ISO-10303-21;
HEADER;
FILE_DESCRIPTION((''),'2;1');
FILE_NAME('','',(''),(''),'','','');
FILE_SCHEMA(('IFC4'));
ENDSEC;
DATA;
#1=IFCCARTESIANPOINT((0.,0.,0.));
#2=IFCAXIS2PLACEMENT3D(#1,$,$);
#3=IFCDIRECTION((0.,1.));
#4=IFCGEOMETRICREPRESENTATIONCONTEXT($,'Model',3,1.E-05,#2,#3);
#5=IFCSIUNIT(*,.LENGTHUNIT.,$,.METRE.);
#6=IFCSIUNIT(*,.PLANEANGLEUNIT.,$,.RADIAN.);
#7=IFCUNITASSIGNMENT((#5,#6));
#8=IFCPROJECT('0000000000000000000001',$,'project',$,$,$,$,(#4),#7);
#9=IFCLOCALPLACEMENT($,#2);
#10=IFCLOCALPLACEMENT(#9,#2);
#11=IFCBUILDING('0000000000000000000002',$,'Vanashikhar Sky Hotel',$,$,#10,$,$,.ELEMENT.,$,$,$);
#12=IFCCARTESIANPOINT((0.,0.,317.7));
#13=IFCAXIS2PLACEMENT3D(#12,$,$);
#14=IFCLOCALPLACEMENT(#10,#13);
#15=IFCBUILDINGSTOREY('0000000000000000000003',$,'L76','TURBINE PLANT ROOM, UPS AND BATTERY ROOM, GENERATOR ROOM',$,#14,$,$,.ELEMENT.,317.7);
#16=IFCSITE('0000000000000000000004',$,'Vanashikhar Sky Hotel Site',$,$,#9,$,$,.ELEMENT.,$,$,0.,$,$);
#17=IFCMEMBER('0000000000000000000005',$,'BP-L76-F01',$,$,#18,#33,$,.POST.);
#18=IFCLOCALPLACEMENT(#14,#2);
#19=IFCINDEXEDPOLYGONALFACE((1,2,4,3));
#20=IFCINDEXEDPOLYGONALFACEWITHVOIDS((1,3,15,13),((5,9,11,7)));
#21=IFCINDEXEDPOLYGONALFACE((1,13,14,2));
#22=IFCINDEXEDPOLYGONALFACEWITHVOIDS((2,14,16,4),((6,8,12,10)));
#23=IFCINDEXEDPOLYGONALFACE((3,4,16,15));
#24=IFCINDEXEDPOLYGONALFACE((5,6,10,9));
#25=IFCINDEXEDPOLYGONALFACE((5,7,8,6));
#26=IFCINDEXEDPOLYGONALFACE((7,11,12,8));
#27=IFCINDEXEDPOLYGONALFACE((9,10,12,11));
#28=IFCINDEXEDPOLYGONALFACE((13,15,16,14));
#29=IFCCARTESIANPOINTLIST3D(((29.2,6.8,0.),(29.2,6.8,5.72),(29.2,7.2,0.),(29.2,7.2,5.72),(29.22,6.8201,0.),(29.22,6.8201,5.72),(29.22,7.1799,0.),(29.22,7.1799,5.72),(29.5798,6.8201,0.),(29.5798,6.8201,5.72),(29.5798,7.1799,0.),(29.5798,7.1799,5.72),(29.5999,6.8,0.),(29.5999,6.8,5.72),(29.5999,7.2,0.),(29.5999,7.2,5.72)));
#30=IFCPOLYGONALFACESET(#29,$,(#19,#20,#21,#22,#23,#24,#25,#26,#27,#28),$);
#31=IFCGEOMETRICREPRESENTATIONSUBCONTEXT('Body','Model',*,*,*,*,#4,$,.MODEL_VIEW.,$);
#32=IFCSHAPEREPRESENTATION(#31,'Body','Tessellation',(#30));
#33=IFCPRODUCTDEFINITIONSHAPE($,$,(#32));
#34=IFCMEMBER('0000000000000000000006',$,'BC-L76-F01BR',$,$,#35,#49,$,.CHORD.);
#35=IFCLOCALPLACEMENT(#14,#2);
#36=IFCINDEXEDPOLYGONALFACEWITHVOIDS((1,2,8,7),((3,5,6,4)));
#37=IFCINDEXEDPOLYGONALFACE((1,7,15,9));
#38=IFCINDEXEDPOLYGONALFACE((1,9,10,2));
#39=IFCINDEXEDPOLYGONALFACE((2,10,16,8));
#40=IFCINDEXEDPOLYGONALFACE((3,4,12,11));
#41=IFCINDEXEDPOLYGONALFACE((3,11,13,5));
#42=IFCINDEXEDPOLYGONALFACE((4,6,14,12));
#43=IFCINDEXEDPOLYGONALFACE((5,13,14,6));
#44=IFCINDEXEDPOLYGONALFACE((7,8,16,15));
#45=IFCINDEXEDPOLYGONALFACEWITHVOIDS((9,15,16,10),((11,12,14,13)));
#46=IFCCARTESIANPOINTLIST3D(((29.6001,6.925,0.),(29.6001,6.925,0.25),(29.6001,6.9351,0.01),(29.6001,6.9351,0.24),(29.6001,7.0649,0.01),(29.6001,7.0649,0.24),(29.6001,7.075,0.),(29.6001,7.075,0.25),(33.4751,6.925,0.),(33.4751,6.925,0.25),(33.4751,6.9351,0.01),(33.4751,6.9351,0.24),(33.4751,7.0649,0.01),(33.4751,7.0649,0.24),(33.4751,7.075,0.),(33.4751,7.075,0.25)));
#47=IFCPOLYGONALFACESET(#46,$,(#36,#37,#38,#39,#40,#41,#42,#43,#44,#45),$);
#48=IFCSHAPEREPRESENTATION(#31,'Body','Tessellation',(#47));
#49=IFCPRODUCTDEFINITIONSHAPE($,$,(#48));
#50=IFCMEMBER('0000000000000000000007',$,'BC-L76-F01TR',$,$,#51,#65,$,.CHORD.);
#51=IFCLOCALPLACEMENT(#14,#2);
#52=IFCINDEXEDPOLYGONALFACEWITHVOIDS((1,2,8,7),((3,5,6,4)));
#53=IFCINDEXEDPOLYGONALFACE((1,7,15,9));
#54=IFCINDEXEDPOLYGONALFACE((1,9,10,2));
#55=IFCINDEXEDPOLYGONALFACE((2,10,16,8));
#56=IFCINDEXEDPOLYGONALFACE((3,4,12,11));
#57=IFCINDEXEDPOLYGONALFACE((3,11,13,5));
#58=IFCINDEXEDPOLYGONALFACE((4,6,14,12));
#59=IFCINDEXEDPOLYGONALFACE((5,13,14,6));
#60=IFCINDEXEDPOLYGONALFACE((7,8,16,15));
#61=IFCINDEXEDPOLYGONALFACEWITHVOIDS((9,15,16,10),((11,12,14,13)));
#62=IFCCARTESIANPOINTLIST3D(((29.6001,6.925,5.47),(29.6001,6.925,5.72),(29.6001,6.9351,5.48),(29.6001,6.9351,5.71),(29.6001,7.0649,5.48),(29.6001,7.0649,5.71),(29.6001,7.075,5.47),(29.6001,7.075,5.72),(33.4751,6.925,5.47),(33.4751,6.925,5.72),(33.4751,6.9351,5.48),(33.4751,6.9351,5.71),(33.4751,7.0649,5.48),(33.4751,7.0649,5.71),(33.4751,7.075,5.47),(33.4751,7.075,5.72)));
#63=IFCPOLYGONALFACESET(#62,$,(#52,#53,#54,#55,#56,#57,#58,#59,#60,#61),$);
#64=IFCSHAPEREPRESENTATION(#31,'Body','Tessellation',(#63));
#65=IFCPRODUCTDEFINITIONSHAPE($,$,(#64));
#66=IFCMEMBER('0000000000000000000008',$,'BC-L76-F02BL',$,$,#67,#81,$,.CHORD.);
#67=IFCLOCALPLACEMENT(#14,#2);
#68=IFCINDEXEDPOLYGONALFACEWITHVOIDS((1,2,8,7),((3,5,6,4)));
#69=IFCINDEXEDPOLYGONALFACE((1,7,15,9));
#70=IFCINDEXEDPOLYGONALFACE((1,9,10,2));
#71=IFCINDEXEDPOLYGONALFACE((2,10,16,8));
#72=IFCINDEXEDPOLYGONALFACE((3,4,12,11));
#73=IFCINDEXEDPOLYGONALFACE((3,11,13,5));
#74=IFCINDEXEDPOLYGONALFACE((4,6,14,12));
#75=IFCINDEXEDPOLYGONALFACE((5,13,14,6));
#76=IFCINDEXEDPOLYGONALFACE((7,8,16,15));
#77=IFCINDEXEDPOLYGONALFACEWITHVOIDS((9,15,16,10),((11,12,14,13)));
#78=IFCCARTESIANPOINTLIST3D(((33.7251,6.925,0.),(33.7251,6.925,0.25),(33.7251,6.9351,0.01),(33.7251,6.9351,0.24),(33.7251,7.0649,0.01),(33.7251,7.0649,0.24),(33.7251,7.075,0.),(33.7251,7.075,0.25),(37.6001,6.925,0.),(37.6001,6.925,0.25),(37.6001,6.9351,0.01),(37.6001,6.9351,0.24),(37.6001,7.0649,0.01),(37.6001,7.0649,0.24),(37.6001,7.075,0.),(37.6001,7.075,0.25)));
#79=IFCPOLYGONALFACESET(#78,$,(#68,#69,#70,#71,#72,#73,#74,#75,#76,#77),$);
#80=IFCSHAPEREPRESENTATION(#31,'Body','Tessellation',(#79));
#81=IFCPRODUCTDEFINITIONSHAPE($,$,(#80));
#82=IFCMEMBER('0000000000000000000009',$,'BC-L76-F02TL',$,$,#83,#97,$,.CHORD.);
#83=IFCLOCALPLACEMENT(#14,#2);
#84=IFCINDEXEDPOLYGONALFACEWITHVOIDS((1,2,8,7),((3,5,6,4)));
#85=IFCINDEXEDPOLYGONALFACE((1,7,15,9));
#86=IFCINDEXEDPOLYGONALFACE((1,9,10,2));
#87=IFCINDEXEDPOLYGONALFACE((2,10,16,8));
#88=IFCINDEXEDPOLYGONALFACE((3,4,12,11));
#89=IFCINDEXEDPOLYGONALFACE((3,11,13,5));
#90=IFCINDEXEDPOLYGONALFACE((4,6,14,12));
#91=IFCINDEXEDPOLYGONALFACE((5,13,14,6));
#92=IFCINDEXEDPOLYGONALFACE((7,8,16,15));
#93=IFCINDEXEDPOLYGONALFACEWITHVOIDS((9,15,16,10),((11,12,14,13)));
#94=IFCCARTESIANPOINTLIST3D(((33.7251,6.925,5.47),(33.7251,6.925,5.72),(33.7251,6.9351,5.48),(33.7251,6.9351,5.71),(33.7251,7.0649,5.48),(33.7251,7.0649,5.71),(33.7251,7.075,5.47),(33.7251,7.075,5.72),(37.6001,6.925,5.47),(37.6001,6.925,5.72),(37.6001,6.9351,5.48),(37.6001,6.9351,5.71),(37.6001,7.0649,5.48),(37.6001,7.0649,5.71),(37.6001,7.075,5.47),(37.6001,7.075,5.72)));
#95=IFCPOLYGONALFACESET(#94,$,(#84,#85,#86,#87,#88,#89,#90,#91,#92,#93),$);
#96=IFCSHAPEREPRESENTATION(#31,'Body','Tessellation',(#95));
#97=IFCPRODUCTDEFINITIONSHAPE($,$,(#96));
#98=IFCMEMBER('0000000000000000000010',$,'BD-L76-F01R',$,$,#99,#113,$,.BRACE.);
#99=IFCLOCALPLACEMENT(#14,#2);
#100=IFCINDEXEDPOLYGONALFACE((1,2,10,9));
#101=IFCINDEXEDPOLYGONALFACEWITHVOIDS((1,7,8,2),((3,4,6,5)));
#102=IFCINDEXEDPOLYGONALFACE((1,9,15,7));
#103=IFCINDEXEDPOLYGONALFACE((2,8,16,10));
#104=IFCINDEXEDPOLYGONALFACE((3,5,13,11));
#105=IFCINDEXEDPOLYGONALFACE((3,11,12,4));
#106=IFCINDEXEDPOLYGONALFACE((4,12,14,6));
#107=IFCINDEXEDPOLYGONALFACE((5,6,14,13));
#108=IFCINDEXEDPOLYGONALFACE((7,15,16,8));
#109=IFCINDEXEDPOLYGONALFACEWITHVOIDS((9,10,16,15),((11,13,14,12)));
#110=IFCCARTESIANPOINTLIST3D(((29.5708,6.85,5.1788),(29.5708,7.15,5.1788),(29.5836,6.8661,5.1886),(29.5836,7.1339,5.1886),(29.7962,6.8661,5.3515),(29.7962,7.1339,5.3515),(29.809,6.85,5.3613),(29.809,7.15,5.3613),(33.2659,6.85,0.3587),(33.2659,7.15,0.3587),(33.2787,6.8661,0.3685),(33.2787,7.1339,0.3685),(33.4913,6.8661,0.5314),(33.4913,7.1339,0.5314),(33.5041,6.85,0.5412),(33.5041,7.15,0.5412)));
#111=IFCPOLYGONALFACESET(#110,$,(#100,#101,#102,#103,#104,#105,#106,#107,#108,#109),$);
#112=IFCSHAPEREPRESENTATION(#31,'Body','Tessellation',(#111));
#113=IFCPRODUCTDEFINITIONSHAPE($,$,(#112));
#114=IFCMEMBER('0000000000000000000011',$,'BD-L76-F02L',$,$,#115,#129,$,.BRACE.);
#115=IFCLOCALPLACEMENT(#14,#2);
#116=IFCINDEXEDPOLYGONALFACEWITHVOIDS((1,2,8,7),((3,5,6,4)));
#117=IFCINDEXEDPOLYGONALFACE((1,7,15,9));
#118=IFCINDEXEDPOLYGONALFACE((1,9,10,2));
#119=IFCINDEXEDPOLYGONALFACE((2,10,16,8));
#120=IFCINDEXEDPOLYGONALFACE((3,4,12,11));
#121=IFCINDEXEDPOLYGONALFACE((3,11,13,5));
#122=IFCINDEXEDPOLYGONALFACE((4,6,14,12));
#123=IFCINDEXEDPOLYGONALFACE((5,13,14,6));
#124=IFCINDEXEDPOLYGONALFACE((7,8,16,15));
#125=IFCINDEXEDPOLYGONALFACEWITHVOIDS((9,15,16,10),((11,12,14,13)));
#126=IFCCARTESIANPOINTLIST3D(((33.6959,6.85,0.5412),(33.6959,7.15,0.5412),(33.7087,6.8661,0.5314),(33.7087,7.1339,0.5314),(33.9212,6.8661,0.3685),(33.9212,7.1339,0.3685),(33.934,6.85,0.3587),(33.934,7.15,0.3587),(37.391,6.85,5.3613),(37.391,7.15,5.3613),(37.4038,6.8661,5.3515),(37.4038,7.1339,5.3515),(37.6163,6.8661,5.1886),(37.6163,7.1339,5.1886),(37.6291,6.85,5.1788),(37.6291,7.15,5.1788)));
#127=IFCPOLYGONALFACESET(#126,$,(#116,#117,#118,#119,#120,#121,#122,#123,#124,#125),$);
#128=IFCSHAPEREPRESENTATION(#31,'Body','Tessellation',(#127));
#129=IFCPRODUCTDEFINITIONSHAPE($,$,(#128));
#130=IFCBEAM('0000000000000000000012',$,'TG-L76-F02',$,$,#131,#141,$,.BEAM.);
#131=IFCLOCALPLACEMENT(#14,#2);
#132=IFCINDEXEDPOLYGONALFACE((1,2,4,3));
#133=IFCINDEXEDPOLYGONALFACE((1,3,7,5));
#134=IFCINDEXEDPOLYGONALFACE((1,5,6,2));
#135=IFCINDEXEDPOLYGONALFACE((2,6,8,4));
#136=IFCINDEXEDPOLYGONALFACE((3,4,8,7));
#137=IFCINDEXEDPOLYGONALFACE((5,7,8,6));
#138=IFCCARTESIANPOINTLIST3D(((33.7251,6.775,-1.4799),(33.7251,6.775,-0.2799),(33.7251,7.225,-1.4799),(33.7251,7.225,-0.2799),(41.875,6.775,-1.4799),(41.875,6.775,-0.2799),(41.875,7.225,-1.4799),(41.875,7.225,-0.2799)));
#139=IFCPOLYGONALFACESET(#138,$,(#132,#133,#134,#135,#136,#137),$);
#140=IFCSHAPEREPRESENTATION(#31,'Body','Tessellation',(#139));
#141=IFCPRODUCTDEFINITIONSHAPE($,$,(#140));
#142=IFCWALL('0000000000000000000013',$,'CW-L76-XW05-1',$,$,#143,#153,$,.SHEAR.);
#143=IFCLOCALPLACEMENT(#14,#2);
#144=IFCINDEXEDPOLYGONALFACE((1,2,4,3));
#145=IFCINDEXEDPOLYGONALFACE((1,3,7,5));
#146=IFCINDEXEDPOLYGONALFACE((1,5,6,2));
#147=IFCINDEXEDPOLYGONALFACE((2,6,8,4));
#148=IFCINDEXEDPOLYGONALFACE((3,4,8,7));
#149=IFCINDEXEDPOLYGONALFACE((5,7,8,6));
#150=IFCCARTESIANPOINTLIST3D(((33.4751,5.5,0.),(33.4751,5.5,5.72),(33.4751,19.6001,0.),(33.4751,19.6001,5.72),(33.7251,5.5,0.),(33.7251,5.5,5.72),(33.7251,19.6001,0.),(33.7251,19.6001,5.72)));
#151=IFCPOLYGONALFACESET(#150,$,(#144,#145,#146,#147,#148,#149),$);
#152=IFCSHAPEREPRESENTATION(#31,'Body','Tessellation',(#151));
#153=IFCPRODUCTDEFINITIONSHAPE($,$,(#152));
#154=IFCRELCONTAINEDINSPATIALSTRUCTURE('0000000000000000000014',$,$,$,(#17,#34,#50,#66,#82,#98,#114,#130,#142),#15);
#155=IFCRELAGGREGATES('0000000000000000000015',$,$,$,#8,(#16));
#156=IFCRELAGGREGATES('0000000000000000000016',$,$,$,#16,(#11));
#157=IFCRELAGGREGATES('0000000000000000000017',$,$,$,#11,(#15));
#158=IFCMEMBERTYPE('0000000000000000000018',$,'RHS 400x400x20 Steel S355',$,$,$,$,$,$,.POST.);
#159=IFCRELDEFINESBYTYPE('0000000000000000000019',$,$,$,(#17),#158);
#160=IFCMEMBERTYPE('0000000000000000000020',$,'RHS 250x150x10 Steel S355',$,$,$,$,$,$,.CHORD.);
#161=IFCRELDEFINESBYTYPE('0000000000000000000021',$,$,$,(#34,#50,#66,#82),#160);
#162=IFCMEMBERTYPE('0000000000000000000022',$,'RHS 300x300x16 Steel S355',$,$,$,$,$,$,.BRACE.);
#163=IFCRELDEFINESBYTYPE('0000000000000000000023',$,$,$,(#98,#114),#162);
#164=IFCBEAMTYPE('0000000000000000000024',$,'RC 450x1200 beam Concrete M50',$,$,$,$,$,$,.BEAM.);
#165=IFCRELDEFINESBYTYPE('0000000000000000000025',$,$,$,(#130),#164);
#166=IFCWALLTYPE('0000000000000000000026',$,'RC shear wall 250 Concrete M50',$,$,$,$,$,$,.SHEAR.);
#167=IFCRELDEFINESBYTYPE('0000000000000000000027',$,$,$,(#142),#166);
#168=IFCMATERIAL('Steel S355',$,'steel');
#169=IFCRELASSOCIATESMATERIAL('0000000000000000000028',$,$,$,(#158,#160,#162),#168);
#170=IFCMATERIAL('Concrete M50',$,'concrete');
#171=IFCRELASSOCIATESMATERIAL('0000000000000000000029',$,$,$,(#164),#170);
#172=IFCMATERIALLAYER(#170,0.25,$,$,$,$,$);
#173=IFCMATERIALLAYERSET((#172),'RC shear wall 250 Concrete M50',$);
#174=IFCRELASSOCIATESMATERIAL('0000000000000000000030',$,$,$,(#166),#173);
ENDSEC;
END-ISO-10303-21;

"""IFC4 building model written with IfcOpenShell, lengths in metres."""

from ifc_helpers import new_model, si_unit, direction, frame, frame_2d, origin, origin_2d, place, context, subcontext, project, spatial, rectangle, hollow_rectangle, extrude, source, transform, mapped, material, layer, layer_set, material_profile, profile_set, type_object, element, save


model = new_model("IFC4")

# Units and contexts
model_context = context("Model", 3, precision=1e-05, world=origin(), true_north=direction((0.0, 1.0)))
body_context = subcontext(model_context, "Body", "Model", "MODEL_VIEW")
ifc_project = project(units=[si_unit("LENGTHUNIT", "METRE"), si_unit("PLANEANGLEUNIT", "RADIAN")], contexts=[model_context])

# Site, building, storey
site_placement = place(None, origin())
site = spatial("IfcSite", under=ifc_project, at=site_placement, Name="Vanashikhar Sky Hotel Site", CompositionType="ELEMENT", RefElevation=0.0)
building_placement = place(site_placement, origin())
building = spatial("IfcBuilding", under=site, at=building_placement, Name="Vanashikhar Sky Hotel", CompositionType="ELEMENT")
storey_placement = place(building_placement, frame((0.0, 0.0, 317.7)))
storey = spatial("IfcBuildingStorey", under=building, at=storey_placement, Name="L76", Description="TURBINE PLANT ROOM, UPS AND BATTERY ROOM, GENERATOR ROOM", CompositionType="ELEMENT", Elevation=317.7)

# Members
ifc_material_1 = material(Name="Steel S355", Category="steel")
ifc_material_profile_1 = material_profile(ifc_material_1, hollow_rectangle(XDim=0.3999, YDim=0.3999, WallThickness=0.02, at=origin_2d()))
ifc_profile_set_1 = profile_set([ifc_material_profile_1], Name="RHS 400x400x20 Steel S355")
member_type_1 = type_object("IfcMemberType", Name="RHS 400x400x20 Steel S355", PredefinedType="POST", material=ifc_profile_set_1)
shared_shape_1 = source(origin(), body_context, "Body", "SweptSolid", [
    extrude(hollow_rectangle(XDim=0.3999, YDim=0.3999, WallThickness=0.02, at=origin_2d()), origin(), (0.0, 0.0, 1.0), 5.72),
])
member_placement = place(storey_placement, frame((29.3999, 7.0, 0.0), z_axis=(0.0, 0.0, 1.0), x_axis=(1.0, 0.0, 0.0)))
element("IfcMember", 1, at=member_placement, inside=storey, type_object=member_type_1, Name="BP-L76-F01", PredefinedType="POST", context=body_context, shape_type="MappedRepresentation", body=[
    mapped(shared_shape_1, transform((0.0, 0.0, 0.0), scale=1.0)),
])
ifc_material_profile_2 = material_profile(ifc_material_1, hollow_rectangle(XDim=0.1499, YDim=0.25, WallThickness=0.01, at=origin_2d()))
ifc_profile_set_2 = profile_set([ifc_material_profile_2], Name="RHS 250x150x10 Steel S355")
member_type_2 = type_object("IfcMemberType", Name="RHS 250x150x10 Steel S355", PredefinedType="CHORD", material=ifc_profile_set_2)
shared_shape_2 = source(origin(), body_context, "Body", "SweptSolid", [
    extrude(hollow_rectangle(XDim=0.1499, YDim=0.25, WallThickness=0.01, at=origin_2d()), origin(), (0.0, 0.0, 1.0), 3.875),
])
for number, where, z_axis, x_axis, name in (
    (2, (29.6001, 7.0, 0.125), (1.0, 0.0, 0.0), (0.0, 1.0, 0.0), "BC-L76-F01BR"),
    (3, (29.6001, 7.0, 5.595), (1.0, 0.0, 0.0), (0.0, 1.0, 0.0), "BC-L76-F01TR"),
    (4, (33.7251, 7.0, 0.125), (1.0, 0.0, 0.0), (0.0, 1.0, 0.0), "BC-L76-F02BL"),
    (5, (33.7251, 7.0, 5.595), (1.0, 0.0, 0.0), (0.0, 1.0, 0.0), "BC-L76-F02TL"),
):
    element("IfcMember", number, at=place(storey_placement, frame(where, z_axis=z_axis, x_axis=x_axis)), inside=storey, type_object=member_type_2, Name=name, PredefinedType="CHORD", context=body_context, shape_type="MappedRepresentation", body=[
        mapped(shared_shape_2, transform((0.0, 0.0, 0.0), scale=1.0)),
    ])
ifc_material_profile_3 = material_profile(ifc_material_1, hollow_rectangle(XDim=0.3, YDim=0.3, WallThickness=0.0161, at=origin_2d()))
ifc_profile_set_3 = profile_set([ifc_material_profile_3], Name="RHS 300x300x16 Steel S355")
member_type_3 = type_object("IfcMemberType", Name="RHS 300x300x16 Steel S355", PredefinedType="BRACE", material=ifc_profile_set_3)
shared_shape_3 = source(origin(), body_context, "Body", "SweptSolid", [
    extrude(hollow_rectangle(XDim=0.3, YDim=0.3, WallThickness=0.0161, at=origin_2d()), origin(), (0.0, 0.0, 1.0), 6.0735),
])
for number, where, z_axis, x_axis, name in (
    (6, (33.385, 7.0, 0.45), (-0.608399, 0.0, 0.793632), (0.0, -1.0, 0.0), "BD-L76-F01R"),
    (7, (33.8149, 7.0, 0.45), (0.608399, 0.0, 0.793632), (0.0, 1.0, 0.0), "BD-L76-F02L"),
):
    element("IfcMember", number, at=place(storey_placement, frame(where, z_axis=z_axis, x_axis=x_axis)), inside=storey, type_object=member_type_3, Name=name, PredefinedType="BRACE", context=body_context, shape_type="MappedRepresentation", body=[
        mapped(shared_shape_3, transform((0.0, 0.0, 0.0), scale=1.0)),
    ])

# Beam
ifc_material_2 = material(Name="Concrete M50", Category="concrete")
ifc_material_profile_4 = material_profile(ifc_material_2, rectangle(XDim=0.45, YDim=1.2, at=origin_2d()))
ifc_profile_set_4 = profile_set([ifc_material_profile_4], Name="RC 450x1200 beam Concrete M50")
beam_type = type_object("IfcBeamType", Name="RC 450x1200 beam Concrete M50", PredefinedType="BEAM", material=ifc_profile_set_4)
shared_shape_4 = source(origin(), body_context, "Body", "SweptSolid", [
    extrude(rectangle(XDim=0.45, YDim=1.2, at=origin_2d()), origin(), (0.0, 0.0, 1.0), 8.1499),
])
beam_placement = place(storey_placement, frame((33.7251, 7.0, -0.8799), z_axis=(1.0, 0.0, 0.0), x_axis=(0.0, 1.0, 0.0)))
element("IfcBeam", 8, at=beam_placement, inside=storey, type_object=beam_type, Name="TG-L76-F02", PredefinedType="BEAM", context=body_context, shape_type="MappedRepresentation", body=[
    mapped(shared_shape_4, transform((0.0, 0.0, 0.0), scale=1.0)),
])

# Wall
ifc_layer_1 = layer(ifc_material_2, 0.25)
ifc_layer_set_1 = layer_set([ifc_layer_1], Name="RC shear wall 250 Concrete M50")
wall_type = type_object("IfcWallType", Name="RC shear wall 250 Concrete M50", PredefinedType="SHEAR", material=ifc_layer_set_1)
shared_shape_5 = source(origin(), body_context, "Body", "SweptSolid", [
    extrude(rectangle(XDim=14.1001, YDim=0.25, at=frame_2d((7.05, 0.0))), origin(), (0.0, 0.0, 1.0), 5.72),
])
wall_placement = place(storey_placement, frame((33.6001, 5.5, 0.0), z_axis=(0.0, 0.0, 1.0), x_axis=(0.0, 1.0, 0.0)))
element("IfcWall", 9, at=wall_placement, inside=storey, type_object=wall_type, Name="CW-L76-XW05-1", PredefinedType="SHEAR", context=body_context, shape_type="MappedRepresentation", body=[
    mapped(shared_shape_5, transform((0.0, 0.0, 0.0), scale=1.0)),
])

save(model, "model.ifc")
